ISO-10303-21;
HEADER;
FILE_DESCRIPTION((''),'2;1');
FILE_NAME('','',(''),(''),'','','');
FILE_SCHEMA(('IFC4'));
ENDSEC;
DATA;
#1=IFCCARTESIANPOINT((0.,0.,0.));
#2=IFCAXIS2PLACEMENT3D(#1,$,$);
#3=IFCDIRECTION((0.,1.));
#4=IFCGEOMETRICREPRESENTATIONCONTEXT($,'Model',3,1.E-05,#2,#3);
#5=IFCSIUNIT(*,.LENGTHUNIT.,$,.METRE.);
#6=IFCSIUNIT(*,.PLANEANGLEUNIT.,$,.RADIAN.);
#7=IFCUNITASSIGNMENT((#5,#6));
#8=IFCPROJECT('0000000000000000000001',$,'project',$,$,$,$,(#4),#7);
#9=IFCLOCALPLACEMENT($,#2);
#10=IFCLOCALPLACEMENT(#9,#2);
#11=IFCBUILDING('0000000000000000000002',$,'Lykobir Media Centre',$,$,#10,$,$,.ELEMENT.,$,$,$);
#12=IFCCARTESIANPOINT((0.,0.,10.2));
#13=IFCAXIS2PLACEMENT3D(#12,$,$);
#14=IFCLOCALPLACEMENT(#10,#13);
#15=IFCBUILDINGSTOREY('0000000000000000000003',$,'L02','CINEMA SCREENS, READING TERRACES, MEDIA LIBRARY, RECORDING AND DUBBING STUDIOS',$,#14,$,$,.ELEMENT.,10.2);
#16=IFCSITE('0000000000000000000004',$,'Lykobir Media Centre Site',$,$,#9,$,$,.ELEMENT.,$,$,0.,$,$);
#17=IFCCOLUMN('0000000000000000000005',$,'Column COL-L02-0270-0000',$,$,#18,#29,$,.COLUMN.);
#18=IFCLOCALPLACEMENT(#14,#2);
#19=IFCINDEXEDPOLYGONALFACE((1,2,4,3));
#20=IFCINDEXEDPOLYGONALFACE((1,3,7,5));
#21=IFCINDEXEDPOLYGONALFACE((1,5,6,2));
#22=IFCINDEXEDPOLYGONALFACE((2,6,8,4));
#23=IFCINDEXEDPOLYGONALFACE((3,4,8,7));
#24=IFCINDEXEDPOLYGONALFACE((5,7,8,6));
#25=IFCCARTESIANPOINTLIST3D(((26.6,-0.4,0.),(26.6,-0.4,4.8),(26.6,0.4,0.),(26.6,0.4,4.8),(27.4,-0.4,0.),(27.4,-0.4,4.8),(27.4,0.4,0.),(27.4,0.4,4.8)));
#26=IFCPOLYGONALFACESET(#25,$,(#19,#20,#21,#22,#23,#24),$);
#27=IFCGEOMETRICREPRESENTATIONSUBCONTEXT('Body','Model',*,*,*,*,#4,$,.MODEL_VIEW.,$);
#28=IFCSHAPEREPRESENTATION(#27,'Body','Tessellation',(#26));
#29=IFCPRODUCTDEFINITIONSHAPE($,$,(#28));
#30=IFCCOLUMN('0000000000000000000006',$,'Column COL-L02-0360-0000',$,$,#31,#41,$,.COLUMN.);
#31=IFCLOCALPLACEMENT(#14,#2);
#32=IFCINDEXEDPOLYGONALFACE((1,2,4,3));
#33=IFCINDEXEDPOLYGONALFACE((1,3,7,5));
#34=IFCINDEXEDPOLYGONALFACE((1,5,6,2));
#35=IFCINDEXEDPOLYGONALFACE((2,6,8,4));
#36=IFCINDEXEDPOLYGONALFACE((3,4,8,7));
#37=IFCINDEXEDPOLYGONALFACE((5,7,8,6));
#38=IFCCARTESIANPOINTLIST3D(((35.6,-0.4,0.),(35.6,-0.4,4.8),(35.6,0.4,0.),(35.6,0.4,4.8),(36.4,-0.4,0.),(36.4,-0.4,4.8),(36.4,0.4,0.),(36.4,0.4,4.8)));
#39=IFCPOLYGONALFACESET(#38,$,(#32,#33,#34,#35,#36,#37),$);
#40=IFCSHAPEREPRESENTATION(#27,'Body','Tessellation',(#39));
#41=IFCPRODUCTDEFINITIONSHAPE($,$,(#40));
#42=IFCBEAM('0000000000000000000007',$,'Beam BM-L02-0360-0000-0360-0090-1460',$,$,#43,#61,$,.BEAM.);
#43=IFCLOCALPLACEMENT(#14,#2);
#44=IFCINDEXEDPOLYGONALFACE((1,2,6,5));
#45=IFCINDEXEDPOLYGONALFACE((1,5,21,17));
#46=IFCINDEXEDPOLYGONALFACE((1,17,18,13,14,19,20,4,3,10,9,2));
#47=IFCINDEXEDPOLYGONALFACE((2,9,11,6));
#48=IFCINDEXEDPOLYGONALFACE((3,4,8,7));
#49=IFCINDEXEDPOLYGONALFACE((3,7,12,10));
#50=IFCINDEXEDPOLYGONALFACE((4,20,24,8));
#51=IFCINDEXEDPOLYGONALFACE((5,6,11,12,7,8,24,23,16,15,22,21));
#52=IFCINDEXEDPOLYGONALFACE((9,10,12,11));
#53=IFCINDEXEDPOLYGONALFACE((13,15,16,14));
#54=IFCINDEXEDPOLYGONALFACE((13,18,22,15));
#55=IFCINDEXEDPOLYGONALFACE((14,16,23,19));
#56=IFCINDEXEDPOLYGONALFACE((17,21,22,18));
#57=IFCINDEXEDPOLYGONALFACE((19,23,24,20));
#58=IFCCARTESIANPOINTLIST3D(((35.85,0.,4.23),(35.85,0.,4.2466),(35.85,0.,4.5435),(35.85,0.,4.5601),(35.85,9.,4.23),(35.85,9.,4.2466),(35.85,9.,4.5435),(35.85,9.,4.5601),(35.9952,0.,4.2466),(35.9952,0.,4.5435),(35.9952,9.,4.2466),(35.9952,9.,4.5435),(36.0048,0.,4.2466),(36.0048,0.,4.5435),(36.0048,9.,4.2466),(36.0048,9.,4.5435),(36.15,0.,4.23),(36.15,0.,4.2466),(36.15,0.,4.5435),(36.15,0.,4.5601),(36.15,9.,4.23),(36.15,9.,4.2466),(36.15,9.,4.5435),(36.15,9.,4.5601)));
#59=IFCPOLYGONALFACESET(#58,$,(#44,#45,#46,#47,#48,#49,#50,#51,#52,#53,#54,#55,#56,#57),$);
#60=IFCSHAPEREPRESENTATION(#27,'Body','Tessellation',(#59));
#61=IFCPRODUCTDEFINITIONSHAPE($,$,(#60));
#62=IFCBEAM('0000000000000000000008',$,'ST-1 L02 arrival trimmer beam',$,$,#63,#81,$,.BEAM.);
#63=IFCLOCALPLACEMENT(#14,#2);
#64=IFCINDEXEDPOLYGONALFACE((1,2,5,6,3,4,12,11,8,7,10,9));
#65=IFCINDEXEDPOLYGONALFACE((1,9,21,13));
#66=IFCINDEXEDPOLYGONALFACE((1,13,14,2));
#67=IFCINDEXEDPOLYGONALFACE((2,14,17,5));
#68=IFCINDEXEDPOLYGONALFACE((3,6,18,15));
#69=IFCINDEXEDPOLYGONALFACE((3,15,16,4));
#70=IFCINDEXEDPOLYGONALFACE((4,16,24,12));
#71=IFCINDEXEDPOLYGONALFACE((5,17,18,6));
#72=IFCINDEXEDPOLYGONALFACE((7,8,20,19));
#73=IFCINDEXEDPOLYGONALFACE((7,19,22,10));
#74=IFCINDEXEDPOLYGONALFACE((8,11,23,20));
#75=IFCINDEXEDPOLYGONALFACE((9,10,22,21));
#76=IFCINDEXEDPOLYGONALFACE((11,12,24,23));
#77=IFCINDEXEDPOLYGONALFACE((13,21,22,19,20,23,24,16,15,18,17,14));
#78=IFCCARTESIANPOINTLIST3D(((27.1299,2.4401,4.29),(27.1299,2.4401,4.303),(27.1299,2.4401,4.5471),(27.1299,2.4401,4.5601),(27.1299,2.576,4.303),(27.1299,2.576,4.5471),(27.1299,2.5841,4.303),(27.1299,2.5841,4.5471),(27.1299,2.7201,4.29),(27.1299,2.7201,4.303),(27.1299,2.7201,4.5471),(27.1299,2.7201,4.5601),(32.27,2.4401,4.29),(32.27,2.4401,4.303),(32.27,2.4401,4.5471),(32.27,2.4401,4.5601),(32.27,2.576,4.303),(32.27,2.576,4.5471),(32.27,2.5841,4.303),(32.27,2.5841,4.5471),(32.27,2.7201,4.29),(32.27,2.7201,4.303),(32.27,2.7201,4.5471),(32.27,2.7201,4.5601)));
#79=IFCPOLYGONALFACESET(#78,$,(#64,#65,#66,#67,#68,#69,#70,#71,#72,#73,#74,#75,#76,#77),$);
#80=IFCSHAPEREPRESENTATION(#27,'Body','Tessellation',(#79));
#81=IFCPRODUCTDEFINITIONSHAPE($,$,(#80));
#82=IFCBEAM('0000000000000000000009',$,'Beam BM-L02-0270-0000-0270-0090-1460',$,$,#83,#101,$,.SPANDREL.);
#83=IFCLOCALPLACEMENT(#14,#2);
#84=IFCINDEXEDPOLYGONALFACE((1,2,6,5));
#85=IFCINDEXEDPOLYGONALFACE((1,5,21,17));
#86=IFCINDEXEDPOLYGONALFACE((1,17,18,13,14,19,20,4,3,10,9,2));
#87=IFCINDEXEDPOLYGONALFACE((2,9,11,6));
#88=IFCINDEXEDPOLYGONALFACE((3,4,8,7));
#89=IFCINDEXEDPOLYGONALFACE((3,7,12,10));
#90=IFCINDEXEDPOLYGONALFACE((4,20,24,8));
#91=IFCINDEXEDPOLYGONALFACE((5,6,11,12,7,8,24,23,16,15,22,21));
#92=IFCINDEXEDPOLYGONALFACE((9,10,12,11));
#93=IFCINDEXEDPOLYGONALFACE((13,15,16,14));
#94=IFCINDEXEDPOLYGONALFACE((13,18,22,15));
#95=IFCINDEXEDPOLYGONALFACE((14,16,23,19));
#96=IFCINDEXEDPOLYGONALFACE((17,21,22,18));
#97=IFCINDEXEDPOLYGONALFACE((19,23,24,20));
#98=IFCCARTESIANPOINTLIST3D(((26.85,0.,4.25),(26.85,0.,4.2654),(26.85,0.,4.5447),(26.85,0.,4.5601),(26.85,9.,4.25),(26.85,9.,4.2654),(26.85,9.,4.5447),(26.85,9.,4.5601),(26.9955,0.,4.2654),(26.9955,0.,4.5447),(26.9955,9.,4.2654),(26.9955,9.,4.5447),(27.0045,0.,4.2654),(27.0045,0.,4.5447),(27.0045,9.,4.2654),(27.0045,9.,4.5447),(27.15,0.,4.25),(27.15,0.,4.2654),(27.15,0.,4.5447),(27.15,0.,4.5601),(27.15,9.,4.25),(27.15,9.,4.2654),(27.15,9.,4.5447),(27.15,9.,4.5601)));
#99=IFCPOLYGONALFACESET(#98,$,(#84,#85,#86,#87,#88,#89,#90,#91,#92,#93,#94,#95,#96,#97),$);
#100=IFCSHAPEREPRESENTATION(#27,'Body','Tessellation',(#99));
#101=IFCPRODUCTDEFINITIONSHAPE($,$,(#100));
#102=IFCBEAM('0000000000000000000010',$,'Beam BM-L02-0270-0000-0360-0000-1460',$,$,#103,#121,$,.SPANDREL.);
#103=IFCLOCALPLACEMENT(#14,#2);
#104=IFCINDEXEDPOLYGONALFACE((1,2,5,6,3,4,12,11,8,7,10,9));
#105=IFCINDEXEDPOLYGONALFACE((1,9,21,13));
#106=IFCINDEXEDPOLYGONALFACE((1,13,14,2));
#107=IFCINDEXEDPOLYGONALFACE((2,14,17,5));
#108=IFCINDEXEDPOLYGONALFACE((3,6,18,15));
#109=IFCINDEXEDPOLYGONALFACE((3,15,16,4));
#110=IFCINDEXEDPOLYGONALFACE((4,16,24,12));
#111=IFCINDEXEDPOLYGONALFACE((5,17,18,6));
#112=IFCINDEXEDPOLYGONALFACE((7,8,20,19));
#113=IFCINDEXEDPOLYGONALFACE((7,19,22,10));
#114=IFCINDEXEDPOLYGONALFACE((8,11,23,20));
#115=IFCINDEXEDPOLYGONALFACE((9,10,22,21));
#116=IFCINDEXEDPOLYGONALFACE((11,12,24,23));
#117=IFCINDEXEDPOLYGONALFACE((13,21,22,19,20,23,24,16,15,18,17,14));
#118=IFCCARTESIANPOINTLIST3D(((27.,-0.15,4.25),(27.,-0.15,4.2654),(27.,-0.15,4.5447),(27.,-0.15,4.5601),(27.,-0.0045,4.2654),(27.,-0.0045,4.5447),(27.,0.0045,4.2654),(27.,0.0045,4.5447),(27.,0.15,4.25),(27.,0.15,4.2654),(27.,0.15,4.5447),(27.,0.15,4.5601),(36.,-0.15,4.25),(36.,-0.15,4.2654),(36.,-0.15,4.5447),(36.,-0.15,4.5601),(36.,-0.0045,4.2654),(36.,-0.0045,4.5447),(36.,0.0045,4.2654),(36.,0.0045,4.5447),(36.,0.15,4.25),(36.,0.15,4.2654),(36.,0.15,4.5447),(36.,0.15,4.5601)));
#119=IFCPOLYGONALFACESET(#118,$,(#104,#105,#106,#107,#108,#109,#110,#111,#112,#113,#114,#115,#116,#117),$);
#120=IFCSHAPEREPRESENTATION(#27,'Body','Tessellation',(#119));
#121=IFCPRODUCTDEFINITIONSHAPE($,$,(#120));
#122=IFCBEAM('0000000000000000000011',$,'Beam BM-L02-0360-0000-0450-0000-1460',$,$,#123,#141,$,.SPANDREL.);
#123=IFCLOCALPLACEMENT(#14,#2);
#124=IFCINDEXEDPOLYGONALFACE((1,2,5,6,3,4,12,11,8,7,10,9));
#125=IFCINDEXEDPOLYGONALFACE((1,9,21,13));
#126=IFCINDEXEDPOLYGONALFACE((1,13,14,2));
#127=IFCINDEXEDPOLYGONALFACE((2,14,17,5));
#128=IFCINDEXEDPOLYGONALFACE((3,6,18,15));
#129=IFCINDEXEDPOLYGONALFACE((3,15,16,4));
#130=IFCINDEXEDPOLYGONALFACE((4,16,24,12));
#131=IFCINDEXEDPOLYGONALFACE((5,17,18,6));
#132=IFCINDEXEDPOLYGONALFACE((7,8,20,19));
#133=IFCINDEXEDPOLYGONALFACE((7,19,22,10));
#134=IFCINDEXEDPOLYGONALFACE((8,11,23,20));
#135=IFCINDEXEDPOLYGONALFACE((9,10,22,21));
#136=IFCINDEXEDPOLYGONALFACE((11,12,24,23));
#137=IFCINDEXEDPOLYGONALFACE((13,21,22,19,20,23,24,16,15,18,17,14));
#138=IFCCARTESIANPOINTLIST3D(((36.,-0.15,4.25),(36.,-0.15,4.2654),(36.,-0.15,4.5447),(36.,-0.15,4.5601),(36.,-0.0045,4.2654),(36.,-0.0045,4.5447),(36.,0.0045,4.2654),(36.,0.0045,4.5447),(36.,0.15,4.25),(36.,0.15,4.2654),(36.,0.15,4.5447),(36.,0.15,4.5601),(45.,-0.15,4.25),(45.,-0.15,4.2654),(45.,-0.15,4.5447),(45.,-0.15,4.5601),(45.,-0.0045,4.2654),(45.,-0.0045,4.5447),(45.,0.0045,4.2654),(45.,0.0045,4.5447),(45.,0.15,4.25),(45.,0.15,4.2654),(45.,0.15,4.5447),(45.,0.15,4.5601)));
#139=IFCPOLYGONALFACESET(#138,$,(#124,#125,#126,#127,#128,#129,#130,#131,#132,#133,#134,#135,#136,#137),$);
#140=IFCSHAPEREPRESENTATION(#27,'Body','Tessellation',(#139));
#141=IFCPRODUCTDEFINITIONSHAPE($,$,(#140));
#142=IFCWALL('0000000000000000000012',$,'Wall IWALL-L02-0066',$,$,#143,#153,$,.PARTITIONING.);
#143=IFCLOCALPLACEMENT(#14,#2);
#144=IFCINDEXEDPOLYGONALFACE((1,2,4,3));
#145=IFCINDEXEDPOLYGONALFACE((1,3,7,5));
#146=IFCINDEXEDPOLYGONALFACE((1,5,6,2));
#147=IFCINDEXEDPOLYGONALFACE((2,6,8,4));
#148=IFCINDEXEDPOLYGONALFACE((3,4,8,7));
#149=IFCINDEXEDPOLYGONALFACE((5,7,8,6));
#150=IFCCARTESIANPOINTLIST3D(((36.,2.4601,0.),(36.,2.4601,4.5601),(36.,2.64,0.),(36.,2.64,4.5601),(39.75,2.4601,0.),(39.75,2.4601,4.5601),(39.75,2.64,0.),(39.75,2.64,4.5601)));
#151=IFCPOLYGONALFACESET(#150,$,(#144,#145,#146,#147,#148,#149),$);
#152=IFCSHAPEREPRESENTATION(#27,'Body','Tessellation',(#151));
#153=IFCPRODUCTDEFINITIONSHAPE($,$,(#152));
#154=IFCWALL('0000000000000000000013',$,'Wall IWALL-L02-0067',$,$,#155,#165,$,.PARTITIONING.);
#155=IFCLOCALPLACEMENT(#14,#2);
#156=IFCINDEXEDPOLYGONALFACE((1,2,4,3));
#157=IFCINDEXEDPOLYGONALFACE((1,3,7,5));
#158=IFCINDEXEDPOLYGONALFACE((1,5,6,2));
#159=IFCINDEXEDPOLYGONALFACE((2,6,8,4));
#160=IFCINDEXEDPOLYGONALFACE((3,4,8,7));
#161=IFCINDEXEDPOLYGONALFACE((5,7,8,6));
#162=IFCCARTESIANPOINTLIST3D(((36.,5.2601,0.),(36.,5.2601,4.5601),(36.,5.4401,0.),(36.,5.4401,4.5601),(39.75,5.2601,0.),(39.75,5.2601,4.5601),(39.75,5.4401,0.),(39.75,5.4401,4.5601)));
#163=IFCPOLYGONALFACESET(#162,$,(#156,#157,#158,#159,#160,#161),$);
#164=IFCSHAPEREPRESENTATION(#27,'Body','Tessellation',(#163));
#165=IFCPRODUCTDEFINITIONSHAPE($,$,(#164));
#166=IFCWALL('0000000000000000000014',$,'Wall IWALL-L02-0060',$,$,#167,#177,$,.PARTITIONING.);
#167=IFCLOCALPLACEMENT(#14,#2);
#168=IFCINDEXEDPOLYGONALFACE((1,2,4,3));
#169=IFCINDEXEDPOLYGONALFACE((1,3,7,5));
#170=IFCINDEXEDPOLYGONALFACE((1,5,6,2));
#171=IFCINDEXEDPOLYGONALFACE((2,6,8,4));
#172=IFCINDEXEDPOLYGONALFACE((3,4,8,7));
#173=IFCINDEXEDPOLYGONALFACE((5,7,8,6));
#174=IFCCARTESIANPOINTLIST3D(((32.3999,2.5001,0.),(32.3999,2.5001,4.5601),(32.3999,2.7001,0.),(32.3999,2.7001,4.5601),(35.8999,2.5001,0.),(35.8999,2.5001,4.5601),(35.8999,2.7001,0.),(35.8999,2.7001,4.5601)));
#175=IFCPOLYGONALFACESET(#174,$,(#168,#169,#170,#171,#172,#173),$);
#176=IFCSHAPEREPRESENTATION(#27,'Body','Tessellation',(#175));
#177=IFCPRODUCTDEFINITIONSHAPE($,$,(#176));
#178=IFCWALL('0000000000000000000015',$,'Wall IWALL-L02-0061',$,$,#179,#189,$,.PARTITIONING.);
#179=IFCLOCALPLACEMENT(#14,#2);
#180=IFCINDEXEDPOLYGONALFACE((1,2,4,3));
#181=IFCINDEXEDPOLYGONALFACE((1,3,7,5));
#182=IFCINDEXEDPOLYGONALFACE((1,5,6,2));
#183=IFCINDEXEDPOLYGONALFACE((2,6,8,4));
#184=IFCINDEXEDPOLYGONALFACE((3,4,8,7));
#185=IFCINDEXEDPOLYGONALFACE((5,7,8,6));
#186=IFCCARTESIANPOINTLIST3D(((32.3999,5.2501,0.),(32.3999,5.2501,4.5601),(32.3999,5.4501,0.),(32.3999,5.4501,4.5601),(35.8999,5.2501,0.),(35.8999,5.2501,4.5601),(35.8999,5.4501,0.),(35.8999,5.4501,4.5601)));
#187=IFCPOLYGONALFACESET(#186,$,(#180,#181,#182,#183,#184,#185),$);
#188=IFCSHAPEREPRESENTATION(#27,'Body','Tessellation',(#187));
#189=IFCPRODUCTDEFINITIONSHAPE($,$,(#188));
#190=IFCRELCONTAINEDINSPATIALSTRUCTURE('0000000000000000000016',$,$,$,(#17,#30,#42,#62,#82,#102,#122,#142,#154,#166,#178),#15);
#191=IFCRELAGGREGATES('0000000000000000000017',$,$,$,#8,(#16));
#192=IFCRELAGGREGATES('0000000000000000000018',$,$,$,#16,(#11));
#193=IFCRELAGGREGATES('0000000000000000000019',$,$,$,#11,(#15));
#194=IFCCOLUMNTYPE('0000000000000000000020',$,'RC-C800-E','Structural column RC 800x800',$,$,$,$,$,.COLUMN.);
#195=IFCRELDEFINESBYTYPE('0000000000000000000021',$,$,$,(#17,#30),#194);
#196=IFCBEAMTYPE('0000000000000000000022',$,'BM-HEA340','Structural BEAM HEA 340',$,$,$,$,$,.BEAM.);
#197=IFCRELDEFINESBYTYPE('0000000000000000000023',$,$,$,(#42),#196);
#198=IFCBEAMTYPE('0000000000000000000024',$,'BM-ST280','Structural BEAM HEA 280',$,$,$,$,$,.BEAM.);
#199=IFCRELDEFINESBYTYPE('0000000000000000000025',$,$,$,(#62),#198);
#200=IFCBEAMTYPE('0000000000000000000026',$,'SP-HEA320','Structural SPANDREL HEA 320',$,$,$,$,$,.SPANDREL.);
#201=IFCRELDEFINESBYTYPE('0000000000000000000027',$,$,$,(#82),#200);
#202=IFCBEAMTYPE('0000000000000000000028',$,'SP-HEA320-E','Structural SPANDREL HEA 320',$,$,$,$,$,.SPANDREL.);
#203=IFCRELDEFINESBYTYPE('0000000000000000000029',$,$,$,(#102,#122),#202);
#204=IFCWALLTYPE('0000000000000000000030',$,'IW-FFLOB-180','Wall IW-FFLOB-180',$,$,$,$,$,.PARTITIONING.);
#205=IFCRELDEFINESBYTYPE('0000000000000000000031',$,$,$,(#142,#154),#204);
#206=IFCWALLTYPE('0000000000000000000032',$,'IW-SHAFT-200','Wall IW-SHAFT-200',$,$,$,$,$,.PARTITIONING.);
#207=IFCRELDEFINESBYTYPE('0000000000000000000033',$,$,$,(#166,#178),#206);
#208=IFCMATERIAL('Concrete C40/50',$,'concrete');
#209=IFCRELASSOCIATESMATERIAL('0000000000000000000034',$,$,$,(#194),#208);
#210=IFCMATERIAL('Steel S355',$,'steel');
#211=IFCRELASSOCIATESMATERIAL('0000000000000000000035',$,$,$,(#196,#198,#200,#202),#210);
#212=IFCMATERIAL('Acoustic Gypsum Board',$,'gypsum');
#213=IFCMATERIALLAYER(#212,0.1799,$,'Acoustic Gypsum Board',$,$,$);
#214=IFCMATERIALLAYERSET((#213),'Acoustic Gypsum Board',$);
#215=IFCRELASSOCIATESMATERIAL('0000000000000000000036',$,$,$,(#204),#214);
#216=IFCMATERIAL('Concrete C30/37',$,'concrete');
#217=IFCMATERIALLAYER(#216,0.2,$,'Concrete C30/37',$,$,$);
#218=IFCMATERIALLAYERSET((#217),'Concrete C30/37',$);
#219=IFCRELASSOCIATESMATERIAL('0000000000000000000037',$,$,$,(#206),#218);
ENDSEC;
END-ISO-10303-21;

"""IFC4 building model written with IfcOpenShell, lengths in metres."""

from ifc_helpers import new_model, si_unit, direction, frame, frame_2d, origin, origin_2d, place, context, subcontext, project, spatial, rectangle, i_section, extrude, material, layer, layer_set, material_profile, profile_set, type_object, element, save


model = new_model("IFC4")

# Units and contexts
model_context = context("Model", 3, precision=1e-05, world=origin(), true_north=direction((0.0, 1.0)))
body_context = subcontext(model_context, "Body", "Model", "MODEL_VIEW")
ifc_project = project(units=[si_unit("LENGTHUNIT", "METRE"), si_unit("PLANEANGLEUNIT", "RADIAN")], contexts=[model_context])

# Site, building, storey
site_placement = place(None, origin())
site = spatial("IfcSite", under=ifc_project, at=site_placement, Name="Lykobir Media Centre Site", CompositionType="ELEMENT", RefElevation=0.0)
building_placement = place(site_placement, origin())
building = spatial("IfcBuilding", under=site, at=building_placement, Name="Lykobir Media Centre", CompositionType="ELEMENT")
storey_placement = place(building_placement, frame((0.0, 0.0, 10.2)))
storey = spatial("IfcBuildingStorey", under=building, at=storey_placement, Name="L02", Description="CINEMA SCREENS, READING TERRACES, MEDIA LIBRARY, RECORDING AND DUBBING STUDIOS", CompositionType="ELEMENT", Elevation=10.2)

# Columns
ifc_material_1 = material(Name="Concrete C40/50", Category="concrete")
ifc_material_profile_1 = material_profile(ifc_material_1, rectangle(XDim=0.8, YDim=0.8, at=origin_2d()), Name="RC 800x800")
ifc_profile_set_1 = profile_set([ifc_material_profile_1], Name="Concrete C40/50")
column_type = type_object("IfcColumnType", Name="RC-C800-E", Description="Structural column RC 800x800", PredefinedType="COLUMN", material=ifc_profile_set_1)
for number, where, z_axis, x_axis, name in (
    (1, (27.0, 0.0, 0.0), (0.0, 0.0, 1.0), (1.0, 0.0, 0.0), "Column COL-L02-0270-0000"),
    (2, (36.0, 0.0, 0.0), (0.0, 0.0, 1.0), (1.0, 0.0, 0.0), "Column COL-L02-0360-0000"),
):
    element("IfcColumn", number, at=place(storey_placement, frame(where, z_axis=z_axis, x_axis=x_axis)), inside=storey, type_object=column_type, Name=name, PredefinedType="COLUMN", context=body_context, shape_type="SweptSolid", body=[
        extrude(rectangle(XDim=0.8, YDim=0.8, at=origin_2d()), origin(), (0.0, 0.0, 1.0), 4.8),
    ])

# Beams
ifc_material_2 = material(Name="Steel S355", Category="steel")
ifc_material_profile_2 = material_profile(ifc_material_2, i_section(OverallWidth=0.3, OverallDepth=0.3301, WebThickness=0.0095, FlangeThickness=0.0166, at=origin_2d()), Name="HEA 340")
ifc_profile_set_2 = profile_set([ifc_material_profile_2], Name="Steel S355")
beam_type_1 = type_object("IfcBeamType", Name="BM-HEA340", Description="Structural BEAM HEA 340", PredefinedType="BEAM", material=ifc_profile_set_2)
beam_1_placement = place(storey_placement, frame((36.0, 0.0, 4.395), z_axis=(0.0, 1.0, 0.0), x_axis=(-1.0, 0.0, 0.0)))
element("IfcBeam", 3, at=beam_1_placement, inside=storey, type_object=beam_type_1, Name="Beam BM-L02-0360-0000-0360-0090-1460", PredefinedType="BEAM", context=body_context, shape_type="SweptSolid", body=[
    extrude(i_section(OverallWidth=0.3, OverallDepth=0.3301, WebThickness=0.0095, FlangeThickness=0.0166, at=origin_2d()), origin(), (0.0, 0.0, 1.0), 9.0),
])
ifc_material_profile_3 = material_profile(ifc_material_2, i_section(OverallWidth=0.28, OverallDepth=0.27, WebThickness=0.0081, FlangeThickness=0.0129, at=origin_2d()), Name="HEA 280")
ifc_profile_set_3 = profile_set([ifc_material_profile_3], Name="Steel S355")
beam_type_2 = type_object("IfcBeamType", Name="BM-ST280", Description="Structural BEAM HEA 280", PredefinedType="BEAM", material=ifc_profile_set_3)
beam_2_placement = place(storey_placement, frame((27.1299, 2.5801, 4.425), z_axis=(1.0, 0.0, 0.0), x_axis=(0.0, 1.0, 0.0)))
element("IfcBeam", 4, at=beam_2_placement, inside=storey, type_object=beam_type_2, Name="ST-1 L02 arrival trimmer beam", PredefinedType="BEAM", context=body_context, shape_type="SweptSolid", body=[
    extrude(i_section(OverallWidth=0.28, OverallDepth=0.27, WebThickness=0.0081, FlangeThickness=0.0129, at=origin_2d()), origin(), (0.0, 0.0, 1.0), 5.1401),
])
ifc_material_profile_4 = material_profile(ifc_material_2, i_section(OverallWidth=0.3, OverallDepth=0.3101, WebThickness=0.009, FlangeThickness=0.0154, at=origin_2d()), Name="HEA 320")
ifc_profile_set_4 = profile_set([ifc_material_profile_4], Name="Steel S355")
beam_type_3 = type_object("IfcBeamType", Name="SP-HEA320", Description="Structural SPANDREL HEA 320", PredefinedType="SPANDREL", material=ifc_profile_set_4)
beam_3_placement = place(storey_placement, frame((27.0, 0.0, 4.405), z_axis=(0.0, 1.0, 0.0), x_axis=(-1.0, 0.0, 0.0)))
element("IfcBeam", 5, at=beam_3_placement, inside=storey, type_object=beam_type_3, Name="Beam BM-L02-0270-0000-0270-0090-1460", PredefinedType="SPANDREL", context=body_context, shape_type="SweptSolid", body=[
    extrude(i_section(OverallWidth=0.3, OverallDepth=0.3101, WebThickness=0.009, FlangeThickness=0.0154, at=origin_2d()), origin(), (0.0, 0.0, 1.0), 9.0),
])
ifc_material_profile_5 = material_profile(ifc_material_2, i_section(OverallWidth=0.3, OverallDepth=0.3101, WebThickness=0.009, FlangeThickness=0.0154, at=origin_2d()), Name="HEA 320")
ifc_profile_set_5 = profile_set([ifc_material_profile_5], Name="Steel S355")
beam_type_4 = type_object("IfcBeamType", Name="SP-HEA320-E", Description="Structural SPANDREL HEA 320", PredefinedType="SPANDREL", material=ifc_profile_set_5)
for number, where, z_axis, x_axis, name in (
    (6, (27.0, 0.0, 4.405), (1.0, 0.0, 0.0), (0.0, 1.0, 0.0), "Beam BM-L02-0270-0000-0360-0000-1460"),
    (7, (36.0, 0.0, 4.405), (1.0, 0.0, 0.0), (0.0, 1.0, 0.0), "Beam BM-L02-0360-0000-0450-0000-1460"),
):
    element("IfcBeam", number, at=place(storey_placement, frame(where, z_axis=z_axis, x_axis=x_axis)), inside=storey, type_object=beam_type_4, Name=name, PredefinedType="SPANDREL", context=body_context, shape_type="SweptSolid", body=[
        extrude(i_section(OverallWidth=0.3, OverallDepth=0.3101, WebThickness=0.009, FlangeThickness=0.0154, at=origin_2d()), origin(), (0.0, 0.0, 1.0), 9.0),
    ])

# Walls
ifc_material_3 = material(Name="Acoustic Gypsum Board", Category="gypsum")
ifc_layer_1 = layer(ifc_material_3, 0.1799, Name="Acoustic Gypsum Board")
ifc_layer_set_1 = layer_set([ifc_layer_1], Name="Acoustic Gypsum Board")
wall_type_1 = type_object("IfcWallType", Name="IW-FFLOB-180", Description="Wall IW-FFLOB-180", PredefinedType="PARTITIONING", material=ifc_layer_set_1)
for number, where, z_axis, x_axis, name in (
    (8, (36.0, 2.55, 0.0), (0.0, 0.0, 1.0), (1.0, 0.0, 0.0), "Wall IWALL-L02-0066"),
    (9, (36.0, 5.3501, 0.0), (0.0, 0.0, 1.0), (1.0, 0.0, 0.0), "Wall IWALL-L02-0067"),
):
    element("IfcWall", number, at=place(storey_placement, frame(where, z_axis=z_axis, x_axis=x_axis)), inside=storey, type_object=wall_type_1, Name=name, PredefinedType="PARTITIONING", context=body_context, shape_type="SweptSolid", body=[
        extrude(rectangle(XDim=3.75, YDim=0.1799, at=frame_2d((1.875, 0.0))), origin(), (0.0, 0.0, 1.0), 4.5601),
    ])
ifc_material_4 = material(Name="Concrete C30/37", Category="concrete")
ifc_layer_2 = layer(ifc_material_4, 0.2, Name="Concrete C30/37")
ifc_layer_set_2 = layer_set([ifc_layer_2], Name="Concrete C30/37")
wall_type_2 = type_object("IfcWallType", Name="IW-SHAFT-200", Description="Wall IW-SHAFT-200", PredefinedType="PARTITIONING", material=ifc_layer_set_2)
for number, where, z_axis, x_axis, name in (
    (10, (32.3999, 2.6001, 0.0), (0.0, 0.0, 1.0), (1.0, 0.0, 0.0), "Wall IWALL-L02-0060"),
    (11, (32.3999, 5.3501, 0.0), (0.0, 0.0, 1.0), (1.0, 0.0, 0.0), "Wall IWALL-L02-0061"),
):
    element("IfcWall", number, at=place(storey_placement, frame(where, z_axis=z_axis, x_axis=x_axis)), inside=storey, type_object=wall_type_2, Name=name, PredefinedType="PARTITIONING", context=body_context, shape_type="SweptSolid", body=[
        extrude(rectangle(XDim=3.5, YDim=0.2, at=frame_2d((1.75, 0.0))), origin(), (0.0, 0.0, 1.0), 4.5601),
    ])

save(model, "model.ifc")
